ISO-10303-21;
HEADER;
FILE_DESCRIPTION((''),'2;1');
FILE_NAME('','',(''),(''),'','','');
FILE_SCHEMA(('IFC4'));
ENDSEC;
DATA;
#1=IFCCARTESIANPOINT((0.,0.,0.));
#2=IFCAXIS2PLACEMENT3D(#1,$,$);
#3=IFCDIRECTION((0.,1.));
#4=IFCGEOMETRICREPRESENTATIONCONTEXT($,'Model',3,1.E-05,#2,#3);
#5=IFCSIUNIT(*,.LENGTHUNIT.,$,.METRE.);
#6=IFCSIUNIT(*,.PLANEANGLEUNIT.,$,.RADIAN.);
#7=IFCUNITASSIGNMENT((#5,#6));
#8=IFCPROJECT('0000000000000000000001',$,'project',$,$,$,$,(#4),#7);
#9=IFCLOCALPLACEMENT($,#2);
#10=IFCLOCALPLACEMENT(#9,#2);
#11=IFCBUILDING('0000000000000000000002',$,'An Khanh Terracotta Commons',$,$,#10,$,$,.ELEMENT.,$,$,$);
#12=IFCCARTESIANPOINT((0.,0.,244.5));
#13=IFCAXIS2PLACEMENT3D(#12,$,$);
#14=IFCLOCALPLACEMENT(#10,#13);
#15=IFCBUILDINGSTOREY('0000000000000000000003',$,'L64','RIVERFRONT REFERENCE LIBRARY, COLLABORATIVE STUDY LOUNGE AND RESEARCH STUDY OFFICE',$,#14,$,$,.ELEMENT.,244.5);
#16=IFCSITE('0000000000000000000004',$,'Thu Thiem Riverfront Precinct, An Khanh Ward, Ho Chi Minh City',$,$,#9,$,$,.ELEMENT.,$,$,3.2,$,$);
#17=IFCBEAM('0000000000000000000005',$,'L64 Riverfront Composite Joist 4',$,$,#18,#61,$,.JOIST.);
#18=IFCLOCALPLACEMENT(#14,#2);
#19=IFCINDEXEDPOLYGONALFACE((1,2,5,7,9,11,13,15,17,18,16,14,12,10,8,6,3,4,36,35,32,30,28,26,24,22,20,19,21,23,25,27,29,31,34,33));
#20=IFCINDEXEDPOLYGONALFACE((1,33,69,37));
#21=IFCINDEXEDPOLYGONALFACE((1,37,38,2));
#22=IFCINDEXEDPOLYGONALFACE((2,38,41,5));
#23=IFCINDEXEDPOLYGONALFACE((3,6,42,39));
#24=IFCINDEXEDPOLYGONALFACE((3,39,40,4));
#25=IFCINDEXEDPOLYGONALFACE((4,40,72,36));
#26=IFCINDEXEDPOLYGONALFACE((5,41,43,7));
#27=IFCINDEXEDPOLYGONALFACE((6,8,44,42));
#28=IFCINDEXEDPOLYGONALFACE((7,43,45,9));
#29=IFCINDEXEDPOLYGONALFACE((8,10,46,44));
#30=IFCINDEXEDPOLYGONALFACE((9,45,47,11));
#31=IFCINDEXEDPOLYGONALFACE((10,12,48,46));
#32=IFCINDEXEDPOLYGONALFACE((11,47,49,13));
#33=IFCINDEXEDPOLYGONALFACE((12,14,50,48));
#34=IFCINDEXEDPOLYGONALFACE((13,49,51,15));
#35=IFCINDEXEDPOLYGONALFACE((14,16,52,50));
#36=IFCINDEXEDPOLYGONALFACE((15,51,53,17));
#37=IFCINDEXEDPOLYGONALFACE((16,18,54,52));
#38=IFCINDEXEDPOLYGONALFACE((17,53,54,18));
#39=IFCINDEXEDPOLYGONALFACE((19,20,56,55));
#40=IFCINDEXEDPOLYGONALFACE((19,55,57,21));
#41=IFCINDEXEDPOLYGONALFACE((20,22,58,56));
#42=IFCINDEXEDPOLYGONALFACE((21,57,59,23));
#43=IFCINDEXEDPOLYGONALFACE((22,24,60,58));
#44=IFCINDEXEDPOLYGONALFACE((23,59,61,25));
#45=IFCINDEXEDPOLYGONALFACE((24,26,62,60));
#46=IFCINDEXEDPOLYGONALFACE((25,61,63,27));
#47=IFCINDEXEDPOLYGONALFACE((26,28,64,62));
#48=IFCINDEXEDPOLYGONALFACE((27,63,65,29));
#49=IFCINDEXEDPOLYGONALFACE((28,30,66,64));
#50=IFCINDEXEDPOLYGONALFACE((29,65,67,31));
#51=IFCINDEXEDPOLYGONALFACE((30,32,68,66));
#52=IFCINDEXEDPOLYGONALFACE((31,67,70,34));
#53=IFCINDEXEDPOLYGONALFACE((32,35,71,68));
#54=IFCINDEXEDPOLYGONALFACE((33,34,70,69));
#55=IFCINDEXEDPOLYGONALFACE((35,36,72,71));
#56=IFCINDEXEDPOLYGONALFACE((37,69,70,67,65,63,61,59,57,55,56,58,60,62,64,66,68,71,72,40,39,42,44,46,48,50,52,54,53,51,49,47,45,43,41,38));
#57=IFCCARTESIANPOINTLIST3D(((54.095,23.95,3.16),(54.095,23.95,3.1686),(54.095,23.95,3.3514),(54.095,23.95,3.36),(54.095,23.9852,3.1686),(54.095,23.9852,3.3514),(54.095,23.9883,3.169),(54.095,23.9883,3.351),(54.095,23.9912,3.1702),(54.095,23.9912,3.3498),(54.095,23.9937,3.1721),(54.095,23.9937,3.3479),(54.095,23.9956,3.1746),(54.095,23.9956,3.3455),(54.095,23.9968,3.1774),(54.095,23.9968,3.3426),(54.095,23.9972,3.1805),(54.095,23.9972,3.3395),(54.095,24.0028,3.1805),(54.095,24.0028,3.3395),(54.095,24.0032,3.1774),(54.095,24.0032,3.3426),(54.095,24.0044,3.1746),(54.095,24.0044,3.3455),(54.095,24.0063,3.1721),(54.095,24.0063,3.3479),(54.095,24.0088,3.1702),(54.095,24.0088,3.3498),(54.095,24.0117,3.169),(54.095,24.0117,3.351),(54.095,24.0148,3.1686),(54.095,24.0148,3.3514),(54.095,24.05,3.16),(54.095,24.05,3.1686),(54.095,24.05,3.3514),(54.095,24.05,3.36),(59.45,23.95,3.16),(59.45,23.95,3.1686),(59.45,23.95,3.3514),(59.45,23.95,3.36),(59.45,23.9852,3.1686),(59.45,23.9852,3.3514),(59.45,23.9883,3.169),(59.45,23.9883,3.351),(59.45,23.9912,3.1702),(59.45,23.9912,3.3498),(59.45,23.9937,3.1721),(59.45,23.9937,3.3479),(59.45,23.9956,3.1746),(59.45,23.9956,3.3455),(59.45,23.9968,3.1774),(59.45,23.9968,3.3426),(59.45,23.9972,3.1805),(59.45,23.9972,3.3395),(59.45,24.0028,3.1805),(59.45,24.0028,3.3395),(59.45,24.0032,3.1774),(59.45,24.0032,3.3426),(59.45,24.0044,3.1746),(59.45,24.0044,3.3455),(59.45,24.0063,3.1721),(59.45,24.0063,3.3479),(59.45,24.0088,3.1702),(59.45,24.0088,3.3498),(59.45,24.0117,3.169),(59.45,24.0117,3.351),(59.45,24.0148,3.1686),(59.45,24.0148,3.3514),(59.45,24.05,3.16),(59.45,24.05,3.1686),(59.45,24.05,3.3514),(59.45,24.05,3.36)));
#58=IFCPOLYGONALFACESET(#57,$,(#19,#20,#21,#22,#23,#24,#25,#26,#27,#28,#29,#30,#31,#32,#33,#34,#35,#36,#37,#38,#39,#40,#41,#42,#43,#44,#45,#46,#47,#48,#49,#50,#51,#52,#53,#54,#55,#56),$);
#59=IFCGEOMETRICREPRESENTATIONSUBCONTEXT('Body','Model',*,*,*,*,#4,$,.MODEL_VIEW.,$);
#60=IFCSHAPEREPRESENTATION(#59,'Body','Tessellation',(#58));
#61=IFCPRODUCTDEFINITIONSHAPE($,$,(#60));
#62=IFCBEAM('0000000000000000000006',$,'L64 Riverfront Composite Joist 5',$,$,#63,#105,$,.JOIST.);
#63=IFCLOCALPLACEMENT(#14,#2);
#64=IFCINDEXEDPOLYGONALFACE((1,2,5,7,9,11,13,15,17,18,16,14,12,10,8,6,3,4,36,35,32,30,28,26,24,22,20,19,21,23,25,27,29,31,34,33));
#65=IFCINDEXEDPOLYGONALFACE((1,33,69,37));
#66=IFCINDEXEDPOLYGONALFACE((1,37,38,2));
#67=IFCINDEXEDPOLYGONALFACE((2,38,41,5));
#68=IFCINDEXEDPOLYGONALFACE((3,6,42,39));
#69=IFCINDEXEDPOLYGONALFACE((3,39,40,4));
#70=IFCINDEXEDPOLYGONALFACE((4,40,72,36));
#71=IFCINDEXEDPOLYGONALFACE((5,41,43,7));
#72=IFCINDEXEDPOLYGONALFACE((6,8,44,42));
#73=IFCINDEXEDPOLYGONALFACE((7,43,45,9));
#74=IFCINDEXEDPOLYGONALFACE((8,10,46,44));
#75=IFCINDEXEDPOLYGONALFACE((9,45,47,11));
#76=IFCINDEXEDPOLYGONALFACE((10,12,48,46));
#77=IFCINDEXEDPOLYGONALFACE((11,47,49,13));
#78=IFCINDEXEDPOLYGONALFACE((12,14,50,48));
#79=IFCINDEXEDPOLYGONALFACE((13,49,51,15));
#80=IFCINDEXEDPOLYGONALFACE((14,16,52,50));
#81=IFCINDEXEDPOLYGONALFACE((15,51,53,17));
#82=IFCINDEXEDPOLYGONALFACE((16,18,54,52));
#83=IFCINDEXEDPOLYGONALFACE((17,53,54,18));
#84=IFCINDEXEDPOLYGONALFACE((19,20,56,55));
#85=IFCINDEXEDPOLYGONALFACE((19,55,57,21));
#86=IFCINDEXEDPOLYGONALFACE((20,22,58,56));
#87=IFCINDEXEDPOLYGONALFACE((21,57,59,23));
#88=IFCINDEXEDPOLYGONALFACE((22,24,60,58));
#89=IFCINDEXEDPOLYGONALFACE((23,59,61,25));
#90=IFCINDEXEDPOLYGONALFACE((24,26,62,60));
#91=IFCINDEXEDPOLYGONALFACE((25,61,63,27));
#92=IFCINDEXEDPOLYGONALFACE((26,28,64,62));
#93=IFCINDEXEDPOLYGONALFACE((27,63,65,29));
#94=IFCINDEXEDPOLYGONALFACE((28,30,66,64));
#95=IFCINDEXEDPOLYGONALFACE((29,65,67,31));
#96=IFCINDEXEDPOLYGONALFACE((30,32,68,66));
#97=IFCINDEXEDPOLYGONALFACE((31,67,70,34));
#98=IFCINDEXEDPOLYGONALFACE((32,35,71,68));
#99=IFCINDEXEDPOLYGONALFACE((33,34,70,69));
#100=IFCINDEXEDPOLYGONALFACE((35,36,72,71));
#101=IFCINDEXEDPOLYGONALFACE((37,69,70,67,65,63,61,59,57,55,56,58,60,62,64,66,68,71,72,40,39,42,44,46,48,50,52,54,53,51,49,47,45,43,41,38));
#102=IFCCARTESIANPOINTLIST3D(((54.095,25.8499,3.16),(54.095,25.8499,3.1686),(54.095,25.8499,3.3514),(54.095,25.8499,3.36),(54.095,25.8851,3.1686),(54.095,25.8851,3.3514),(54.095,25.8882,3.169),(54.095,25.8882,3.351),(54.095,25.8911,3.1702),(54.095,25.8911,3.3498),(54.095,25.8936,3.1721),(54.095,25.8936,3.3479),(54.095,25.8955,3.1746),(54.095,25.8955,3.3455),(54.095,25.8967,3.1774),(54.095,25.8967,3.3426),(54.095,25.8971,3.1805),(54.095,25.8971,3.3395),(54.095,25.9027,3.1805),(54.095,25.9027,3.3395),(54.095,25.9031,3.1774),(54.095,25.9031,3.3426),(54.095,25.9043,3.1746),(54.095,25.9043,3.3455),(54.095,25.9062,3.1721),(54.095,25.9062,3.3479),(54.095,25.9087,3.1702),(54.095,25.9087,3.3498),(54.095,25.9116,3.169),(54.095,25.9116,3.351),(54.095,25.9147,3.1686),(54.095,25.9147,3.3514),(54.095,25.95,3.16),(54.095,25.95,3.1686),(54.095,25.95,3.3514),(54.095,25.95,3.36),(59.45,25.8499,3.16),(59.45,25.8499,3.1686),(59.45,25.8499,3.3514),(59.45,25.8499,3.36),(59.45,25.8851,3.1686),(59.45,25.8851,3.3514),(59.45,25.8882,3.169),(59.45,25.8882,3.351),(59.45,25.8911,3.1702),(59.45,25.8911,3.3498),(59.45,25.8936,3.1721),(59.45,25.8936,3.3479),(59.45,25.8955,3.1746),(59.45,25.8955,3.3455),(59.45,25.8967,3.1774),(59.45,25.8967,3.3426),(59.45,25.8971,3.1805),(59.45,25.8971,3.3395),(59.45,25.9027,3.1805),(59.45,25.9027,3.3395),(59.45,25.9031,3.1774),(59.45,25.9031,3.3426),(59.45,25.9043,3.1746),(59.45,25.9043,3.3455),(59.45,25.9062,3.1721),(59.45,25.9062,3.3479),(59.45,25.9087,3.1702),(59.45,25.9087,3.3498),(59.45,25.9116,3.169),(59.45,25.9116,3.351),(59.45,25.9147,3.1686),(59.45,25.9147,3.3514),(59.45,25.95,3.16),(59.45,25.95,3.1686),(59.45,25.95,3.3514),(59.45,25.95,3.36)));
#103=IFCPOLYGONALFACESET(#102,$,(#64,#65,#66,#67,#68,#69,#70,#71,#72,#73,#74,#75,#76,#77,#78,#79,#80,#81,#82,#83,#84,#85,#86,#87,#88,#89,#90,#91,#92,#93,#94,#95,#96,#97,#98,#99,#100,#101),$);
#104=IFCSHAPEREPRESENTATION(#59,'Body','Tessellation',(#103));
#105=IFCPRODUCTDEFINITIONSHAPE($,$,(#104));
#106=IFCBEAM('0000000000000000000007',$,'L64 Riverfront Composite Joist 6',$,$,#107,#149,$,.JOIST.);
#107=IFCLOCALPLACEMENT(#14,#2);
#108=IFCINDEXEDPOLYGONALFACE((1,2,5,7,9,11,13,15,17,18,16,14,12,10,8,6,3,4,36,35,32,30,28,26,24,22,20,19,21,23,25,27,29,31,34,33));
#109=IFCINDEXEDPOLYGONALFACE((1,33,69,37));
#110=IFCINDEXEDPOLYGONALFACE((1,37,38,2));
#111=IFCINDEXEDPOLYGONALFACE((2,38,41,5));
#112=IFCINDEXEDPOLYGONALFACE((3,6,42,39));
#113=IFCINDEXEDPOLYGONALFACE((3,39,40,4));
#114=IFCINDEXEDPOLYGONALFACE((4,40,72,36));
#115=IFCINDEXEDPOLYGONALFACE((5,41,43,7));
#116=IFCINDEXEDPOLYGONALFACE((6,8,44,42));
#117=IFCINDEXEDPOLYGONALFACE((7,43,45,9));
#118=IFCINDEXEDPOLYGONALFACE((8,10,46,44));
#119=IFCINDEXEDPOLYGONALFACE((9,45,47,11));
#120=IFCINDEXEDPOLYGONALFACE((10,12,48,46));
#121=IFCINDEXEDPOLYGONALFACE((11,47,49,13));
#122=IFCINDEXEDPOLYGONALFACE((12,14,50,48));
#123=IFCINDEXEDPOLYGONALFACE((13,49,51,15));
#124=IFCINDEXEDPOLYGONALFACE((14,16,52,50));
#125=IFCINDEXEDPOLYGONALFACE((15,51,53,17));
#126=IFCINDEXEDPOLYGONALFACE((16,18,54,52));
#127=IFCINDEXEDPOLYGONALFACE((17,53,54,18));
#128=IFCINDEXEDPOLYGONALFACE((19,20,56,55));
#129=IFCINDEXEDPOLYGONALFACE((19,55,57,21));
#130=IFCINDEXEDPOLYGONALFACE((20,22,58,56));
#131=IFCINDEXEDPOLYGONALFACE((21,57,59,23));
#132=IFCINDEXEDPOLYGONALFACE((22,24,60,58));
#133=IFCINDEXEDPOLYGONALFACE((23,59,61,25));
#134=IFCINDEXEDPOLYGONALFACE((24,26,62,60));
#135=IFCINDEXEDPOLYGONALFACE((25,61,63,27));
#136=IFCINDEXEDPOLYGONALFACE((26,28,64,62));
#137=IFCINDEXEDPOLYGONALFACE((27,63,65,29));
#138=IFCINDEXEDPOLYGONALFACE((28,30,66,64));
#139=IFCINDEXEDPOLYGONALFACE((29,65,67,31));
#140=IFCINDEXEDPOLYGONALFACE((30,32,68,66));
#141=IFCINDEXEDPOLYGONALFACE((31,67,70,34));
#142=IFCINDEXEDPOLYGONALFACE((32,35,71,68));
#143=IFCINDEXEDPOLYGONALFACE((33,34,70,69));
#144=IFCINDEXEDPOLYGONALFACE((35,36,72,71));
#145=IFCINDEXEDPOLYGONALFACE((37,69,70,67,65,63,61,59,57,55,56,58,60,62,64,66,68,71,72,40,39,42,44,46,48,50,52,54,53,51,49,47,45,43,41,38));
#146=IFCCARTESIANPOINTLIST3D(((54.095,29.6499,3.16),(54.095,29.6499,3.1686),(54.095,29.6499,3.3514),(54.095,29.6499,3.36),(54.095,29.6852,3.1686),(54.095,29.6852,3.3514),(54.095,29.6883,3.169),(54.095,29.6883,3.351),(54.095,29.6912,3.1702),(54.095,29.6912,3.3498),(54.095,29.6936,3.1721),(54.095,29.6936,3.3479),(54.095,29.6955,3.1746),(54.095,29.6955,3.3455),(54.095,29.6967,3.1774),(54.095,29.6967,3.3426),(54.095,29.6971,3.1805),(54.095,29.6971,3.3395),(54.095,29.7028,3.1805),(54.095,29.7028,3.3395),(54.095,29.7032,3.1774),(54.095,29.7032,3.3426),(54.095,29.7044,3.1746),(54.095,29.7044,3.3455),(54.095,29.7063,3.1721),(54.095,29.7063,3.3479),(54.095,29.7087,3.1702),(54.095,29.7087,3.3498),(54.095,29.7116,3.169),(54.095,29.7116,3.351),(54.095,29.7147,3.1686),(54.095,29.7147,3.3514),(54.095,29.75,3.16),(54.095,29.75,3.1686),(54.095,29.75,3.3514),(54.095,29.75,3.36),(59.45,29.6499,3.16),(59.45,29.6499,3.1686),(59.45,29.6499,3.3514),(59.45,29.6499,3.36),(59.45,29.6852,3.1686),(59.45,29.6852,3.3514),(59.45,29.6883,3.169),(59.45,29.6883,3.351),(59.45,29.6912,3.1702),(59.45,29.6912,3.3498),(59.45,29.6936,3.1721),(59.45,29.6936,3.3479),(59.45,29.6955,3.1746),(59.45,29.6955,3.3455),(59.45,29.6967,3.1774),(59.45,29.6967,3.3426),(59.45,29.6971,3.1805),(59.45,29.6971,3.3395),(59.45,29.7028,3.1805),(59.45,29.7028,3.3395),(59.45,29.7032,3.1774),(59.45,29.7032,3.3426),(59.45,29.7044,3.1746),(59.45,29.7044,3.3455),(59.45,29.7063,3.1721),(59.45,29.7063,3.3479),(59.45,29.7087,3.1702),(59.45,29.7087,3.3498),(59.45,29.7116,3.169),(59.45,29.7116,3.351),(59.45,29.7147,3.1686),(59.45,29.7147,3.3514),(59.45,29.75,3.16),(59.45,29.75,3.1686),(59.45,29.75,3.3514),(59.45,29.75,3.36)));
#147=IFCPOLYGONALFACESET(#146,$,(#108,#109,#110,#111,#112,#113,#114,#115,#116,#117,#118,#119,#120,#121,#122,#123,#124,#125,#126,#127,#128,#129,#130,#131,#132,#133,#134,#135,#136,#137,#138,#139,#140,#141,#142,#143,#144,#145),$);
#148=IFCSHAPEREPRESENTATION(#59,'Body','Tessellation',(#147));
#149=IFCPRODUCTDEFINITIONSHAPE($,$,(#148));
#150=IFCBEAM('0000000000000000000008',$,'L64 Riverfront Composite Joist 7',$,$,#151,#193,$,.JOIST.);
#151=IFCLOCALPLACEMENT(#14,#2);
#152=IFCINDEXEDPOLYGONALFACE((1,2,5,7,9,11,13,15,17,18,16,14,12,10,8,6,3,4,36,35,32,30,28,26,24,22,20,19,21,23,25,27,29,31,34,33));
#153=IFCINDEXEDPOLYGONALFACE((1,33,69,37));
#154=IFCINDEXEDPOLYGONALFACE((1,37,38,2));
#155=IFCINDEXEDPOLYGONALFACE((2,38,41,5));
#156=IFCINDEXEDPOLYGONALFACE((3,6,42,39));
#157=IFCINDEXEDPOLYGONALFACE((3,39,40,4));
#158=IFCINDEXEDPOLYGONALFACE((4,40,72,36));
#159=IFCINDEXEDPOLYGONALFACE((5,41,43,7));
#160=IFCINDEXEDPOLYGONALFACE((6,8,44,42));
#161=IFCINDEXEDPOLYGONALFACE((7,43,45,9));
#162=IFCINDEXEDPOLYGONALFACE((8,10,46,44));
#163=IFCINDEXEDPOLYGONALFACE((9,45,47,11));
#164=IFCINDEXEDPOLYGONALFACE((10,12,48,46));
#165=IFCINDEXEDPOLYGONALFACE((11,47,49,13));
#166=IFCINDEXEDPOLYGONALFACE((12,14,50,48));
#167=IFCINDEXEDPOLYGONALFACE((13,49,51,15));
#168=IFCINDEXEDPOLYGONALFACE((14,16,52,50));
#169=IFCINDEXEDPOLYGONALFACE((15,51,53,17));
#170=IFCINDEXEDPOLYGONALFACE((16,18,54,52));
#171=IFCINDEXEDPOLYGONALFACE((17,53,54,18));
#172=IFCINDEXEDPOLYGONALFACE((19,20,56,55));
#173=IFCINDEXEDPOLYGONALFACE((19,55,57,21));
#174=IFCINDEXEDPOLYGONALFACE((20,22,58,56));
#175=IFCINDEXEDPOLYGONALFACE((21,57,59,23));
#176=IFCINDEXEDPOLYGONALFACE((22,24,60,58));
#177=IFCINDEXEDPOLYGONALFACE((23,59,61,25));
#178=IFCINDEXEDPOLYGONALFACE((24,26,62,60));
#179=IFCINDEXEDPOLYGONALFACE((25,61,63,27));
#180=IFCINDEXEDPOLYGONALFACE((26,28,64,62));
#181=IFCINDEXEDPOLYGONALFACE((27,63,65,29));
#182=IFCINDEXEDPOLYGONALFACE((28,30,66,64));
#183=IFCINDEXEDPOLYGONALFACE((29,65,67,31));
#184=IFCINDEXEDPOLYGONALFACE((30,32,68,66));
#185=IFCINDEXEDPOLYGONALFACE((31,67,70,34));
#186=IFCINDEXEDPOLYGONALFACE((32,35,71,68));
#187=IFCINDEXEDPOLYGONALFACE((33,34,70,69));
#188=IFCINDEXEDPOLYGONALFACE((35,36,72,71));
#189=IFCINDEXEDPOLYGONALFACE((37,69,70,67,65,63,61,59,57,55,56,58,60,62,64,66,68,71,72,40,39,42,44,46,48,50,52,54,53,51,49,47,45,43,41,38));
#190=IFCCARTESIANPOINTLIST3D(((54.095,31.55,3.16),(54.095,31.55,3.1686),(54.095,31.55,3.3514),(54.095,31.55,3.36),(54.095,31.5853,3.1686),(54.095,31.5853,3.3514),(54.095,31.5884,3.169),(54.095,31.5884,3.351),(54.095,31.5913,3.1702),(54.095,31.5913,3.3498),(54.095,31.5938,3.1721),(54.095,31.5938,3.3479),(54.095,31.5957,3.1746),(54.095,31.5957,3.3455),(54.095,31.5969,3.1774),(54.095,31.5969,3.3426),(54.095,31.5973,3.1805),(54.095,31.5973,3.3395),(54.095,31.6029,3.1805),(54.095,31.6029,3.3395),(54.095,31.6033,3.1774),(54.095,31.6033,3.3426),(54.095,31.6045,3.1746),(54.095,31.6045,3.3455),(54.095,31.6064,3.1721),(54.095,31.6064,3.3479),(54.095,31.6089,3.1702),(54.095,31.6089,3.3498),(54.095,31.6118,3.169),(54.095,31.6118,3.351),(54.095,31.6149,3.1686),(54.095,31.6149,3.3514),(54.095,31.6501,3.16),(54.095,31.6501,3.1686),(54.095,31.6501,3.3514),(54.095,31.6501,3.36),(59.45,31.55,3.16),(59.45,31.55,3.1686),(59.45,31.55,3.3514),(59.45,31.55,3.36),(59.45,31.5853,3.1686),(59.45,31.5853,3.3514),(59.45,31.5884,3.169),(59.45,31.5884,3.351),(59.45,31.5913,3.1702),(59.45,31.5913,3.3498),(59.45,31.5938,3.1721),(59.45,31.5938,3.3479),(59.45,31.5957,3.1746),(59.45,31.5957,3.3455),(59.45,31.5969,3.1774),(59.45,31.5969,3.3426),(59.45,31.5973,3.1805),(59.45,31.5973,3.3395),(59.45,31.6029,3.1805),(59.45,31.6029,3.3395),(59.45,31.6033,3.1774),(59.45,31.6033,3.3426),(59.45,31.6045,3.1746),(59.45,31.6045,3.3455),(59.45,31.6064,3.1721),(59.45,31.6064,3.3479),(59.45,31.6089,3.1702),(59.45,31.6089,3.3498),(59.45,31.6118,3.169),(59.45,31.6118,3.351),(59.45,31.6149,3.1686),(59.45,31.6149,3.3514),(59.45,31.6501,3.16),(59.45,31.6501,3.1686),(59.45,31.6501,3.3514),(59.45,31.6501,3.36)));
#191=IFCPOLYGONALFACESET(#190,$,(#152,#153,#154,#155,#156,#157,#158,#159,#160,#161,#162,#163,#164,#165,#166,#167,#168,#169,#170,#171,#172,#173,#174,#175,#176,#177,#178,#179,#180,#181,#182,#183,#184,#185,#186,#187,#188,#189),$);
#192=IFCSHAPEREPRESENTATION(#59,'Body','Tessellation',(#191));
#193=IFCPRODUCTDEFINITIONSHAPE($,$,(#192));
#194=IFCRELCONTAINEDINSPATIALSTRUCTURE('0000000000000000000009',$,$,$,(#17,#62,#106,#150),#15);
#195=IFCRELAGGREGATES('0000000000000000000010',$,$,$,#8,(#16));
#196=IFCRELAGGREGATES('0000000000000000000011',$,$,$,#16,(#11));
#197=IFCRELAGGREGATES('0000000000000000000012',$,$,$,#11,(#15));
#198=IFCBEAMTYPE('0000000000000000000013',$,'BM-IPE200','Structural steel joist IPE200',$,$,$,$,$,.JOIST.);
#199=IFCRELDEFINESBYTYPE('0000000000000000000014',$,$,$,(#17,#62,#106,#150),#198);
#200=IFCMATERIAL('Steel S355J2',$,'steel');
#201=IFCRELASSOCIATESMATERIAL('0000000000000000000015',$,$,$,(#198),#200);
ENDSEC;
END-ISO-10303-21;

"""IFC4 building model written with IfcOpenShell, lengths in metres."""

from ifc_helpers import new_model, si_unit, direction, frame, origin, origin_2d, place, context, subcontext, project, spatial, i_section, extrude, material, material_profile, profile_set, type_object, element, save


model = new_model("IFC4")

# Units and contexts
model_context = context("Model", 3, precision=1e-05, world=origin(), true_north=direction((0.0, 1.0)))
body_context = subcontext(model_context, "Body", "Model", "MODEL_VIEW")
ifc_project = project(units=[si_unit("LENGTHUNIT", "METRE"), si_unit("PLANEANGLEUNIT", "RADIAN")], contexts=[model_context])

# Site, building, storey
site_placement = place(None, origin())
site = spatial("IfcSite", under=ifc_project, at=site_placement, Name="Thu Thiem Riverfront Precinct, An Khanh Ward, Ho Chi Minh City", CompositionType="ELEMENT", RefElevation=3.2)
building_placement = place(site_placement, origin())
building = spatial("IfcBuilding", under=site, at=building_placement, Name="An Khanh Terracotta Commons", CompositionType="ELEMENT")
storey_placement = place(building_placement, frame((0.0, 0.0, 244.5)))
storey = spatial("IfcBuildingStorey", under=building, at=storey_placement, Name="L64", Description="RIVERFRONT REFERENCE LIBRARY, COLLABORATIVE STUDY LOUNGE AND RESEARCH STUDY OFFICE", CompositionType="ELEMENT", Elevation=244.5)

# Beams
ifc_material_1 = material(Name="Steel S355J2", Category="steel")
ifc_material_profile_1 = material_profile(ifc_material_1, i_section(OverallWidth=0.1001, OverallDepth=0.2, WebThickness=0.0056, FlangeThickness=0.0085, FilletRadius=0.012, at=origin_2d()), Name="IPE200")
ifc_profile_set_1 = profile_set([ifc_material_profile_1], Name="Steel S355J2")
beam_type_1 = type_object("IfcBeamType", Name="BM-IPE200", Description="Structural steel joist IPE200", PredefinedType="JOIST", material=ifc_profile_set_1)
for number, where, z_axis, x_axis, name in (
    (1, (54.095, 24.0, 3.26), (1.0, 0.0, 0.0), (0.0, 1.0, 0.0), "L64 Riverfront Composite Joist 4"),
    (2, (54.095, 25.8999, 3.26), (1.0, 0.0, 0.0), (0.0, 1.0, 0.0), "L64 Riverfront Composite Joist 5"),
    (3, (54.095, 29.7, 3.26), (1.0, 0.0, 0.0), (0.0, 1.0, 0.0), "L64 Riverfront Composite Joist 6"),
    (4, (54.095, 31.6001, 3.26), (1.0, 0.0, 0.0), (0.0, 1.0, 0.0), "L64 Riverfront Composite Joist 7"),
):
    element("IfcBeam", number, at=place(storey_placement, frame(where, z_axis=z_axis, x_axis=x_axis)), inside=storey, type_object=beam_type_1, Name=name, PredefinedType="JOIST", context=body_context, shape_type="SweptSolid", body=[
        extrude(i_section(OverallWidth=0.1001, OverallDepth=0.2, WebThickness=0.0056, FlangeThickness=0.0085, FilletRadius=0.012, at=origin_2d()), origin(), (0.0, 0.0, 1.0), 5.355),
    ])

save(model, "model.ifc")
